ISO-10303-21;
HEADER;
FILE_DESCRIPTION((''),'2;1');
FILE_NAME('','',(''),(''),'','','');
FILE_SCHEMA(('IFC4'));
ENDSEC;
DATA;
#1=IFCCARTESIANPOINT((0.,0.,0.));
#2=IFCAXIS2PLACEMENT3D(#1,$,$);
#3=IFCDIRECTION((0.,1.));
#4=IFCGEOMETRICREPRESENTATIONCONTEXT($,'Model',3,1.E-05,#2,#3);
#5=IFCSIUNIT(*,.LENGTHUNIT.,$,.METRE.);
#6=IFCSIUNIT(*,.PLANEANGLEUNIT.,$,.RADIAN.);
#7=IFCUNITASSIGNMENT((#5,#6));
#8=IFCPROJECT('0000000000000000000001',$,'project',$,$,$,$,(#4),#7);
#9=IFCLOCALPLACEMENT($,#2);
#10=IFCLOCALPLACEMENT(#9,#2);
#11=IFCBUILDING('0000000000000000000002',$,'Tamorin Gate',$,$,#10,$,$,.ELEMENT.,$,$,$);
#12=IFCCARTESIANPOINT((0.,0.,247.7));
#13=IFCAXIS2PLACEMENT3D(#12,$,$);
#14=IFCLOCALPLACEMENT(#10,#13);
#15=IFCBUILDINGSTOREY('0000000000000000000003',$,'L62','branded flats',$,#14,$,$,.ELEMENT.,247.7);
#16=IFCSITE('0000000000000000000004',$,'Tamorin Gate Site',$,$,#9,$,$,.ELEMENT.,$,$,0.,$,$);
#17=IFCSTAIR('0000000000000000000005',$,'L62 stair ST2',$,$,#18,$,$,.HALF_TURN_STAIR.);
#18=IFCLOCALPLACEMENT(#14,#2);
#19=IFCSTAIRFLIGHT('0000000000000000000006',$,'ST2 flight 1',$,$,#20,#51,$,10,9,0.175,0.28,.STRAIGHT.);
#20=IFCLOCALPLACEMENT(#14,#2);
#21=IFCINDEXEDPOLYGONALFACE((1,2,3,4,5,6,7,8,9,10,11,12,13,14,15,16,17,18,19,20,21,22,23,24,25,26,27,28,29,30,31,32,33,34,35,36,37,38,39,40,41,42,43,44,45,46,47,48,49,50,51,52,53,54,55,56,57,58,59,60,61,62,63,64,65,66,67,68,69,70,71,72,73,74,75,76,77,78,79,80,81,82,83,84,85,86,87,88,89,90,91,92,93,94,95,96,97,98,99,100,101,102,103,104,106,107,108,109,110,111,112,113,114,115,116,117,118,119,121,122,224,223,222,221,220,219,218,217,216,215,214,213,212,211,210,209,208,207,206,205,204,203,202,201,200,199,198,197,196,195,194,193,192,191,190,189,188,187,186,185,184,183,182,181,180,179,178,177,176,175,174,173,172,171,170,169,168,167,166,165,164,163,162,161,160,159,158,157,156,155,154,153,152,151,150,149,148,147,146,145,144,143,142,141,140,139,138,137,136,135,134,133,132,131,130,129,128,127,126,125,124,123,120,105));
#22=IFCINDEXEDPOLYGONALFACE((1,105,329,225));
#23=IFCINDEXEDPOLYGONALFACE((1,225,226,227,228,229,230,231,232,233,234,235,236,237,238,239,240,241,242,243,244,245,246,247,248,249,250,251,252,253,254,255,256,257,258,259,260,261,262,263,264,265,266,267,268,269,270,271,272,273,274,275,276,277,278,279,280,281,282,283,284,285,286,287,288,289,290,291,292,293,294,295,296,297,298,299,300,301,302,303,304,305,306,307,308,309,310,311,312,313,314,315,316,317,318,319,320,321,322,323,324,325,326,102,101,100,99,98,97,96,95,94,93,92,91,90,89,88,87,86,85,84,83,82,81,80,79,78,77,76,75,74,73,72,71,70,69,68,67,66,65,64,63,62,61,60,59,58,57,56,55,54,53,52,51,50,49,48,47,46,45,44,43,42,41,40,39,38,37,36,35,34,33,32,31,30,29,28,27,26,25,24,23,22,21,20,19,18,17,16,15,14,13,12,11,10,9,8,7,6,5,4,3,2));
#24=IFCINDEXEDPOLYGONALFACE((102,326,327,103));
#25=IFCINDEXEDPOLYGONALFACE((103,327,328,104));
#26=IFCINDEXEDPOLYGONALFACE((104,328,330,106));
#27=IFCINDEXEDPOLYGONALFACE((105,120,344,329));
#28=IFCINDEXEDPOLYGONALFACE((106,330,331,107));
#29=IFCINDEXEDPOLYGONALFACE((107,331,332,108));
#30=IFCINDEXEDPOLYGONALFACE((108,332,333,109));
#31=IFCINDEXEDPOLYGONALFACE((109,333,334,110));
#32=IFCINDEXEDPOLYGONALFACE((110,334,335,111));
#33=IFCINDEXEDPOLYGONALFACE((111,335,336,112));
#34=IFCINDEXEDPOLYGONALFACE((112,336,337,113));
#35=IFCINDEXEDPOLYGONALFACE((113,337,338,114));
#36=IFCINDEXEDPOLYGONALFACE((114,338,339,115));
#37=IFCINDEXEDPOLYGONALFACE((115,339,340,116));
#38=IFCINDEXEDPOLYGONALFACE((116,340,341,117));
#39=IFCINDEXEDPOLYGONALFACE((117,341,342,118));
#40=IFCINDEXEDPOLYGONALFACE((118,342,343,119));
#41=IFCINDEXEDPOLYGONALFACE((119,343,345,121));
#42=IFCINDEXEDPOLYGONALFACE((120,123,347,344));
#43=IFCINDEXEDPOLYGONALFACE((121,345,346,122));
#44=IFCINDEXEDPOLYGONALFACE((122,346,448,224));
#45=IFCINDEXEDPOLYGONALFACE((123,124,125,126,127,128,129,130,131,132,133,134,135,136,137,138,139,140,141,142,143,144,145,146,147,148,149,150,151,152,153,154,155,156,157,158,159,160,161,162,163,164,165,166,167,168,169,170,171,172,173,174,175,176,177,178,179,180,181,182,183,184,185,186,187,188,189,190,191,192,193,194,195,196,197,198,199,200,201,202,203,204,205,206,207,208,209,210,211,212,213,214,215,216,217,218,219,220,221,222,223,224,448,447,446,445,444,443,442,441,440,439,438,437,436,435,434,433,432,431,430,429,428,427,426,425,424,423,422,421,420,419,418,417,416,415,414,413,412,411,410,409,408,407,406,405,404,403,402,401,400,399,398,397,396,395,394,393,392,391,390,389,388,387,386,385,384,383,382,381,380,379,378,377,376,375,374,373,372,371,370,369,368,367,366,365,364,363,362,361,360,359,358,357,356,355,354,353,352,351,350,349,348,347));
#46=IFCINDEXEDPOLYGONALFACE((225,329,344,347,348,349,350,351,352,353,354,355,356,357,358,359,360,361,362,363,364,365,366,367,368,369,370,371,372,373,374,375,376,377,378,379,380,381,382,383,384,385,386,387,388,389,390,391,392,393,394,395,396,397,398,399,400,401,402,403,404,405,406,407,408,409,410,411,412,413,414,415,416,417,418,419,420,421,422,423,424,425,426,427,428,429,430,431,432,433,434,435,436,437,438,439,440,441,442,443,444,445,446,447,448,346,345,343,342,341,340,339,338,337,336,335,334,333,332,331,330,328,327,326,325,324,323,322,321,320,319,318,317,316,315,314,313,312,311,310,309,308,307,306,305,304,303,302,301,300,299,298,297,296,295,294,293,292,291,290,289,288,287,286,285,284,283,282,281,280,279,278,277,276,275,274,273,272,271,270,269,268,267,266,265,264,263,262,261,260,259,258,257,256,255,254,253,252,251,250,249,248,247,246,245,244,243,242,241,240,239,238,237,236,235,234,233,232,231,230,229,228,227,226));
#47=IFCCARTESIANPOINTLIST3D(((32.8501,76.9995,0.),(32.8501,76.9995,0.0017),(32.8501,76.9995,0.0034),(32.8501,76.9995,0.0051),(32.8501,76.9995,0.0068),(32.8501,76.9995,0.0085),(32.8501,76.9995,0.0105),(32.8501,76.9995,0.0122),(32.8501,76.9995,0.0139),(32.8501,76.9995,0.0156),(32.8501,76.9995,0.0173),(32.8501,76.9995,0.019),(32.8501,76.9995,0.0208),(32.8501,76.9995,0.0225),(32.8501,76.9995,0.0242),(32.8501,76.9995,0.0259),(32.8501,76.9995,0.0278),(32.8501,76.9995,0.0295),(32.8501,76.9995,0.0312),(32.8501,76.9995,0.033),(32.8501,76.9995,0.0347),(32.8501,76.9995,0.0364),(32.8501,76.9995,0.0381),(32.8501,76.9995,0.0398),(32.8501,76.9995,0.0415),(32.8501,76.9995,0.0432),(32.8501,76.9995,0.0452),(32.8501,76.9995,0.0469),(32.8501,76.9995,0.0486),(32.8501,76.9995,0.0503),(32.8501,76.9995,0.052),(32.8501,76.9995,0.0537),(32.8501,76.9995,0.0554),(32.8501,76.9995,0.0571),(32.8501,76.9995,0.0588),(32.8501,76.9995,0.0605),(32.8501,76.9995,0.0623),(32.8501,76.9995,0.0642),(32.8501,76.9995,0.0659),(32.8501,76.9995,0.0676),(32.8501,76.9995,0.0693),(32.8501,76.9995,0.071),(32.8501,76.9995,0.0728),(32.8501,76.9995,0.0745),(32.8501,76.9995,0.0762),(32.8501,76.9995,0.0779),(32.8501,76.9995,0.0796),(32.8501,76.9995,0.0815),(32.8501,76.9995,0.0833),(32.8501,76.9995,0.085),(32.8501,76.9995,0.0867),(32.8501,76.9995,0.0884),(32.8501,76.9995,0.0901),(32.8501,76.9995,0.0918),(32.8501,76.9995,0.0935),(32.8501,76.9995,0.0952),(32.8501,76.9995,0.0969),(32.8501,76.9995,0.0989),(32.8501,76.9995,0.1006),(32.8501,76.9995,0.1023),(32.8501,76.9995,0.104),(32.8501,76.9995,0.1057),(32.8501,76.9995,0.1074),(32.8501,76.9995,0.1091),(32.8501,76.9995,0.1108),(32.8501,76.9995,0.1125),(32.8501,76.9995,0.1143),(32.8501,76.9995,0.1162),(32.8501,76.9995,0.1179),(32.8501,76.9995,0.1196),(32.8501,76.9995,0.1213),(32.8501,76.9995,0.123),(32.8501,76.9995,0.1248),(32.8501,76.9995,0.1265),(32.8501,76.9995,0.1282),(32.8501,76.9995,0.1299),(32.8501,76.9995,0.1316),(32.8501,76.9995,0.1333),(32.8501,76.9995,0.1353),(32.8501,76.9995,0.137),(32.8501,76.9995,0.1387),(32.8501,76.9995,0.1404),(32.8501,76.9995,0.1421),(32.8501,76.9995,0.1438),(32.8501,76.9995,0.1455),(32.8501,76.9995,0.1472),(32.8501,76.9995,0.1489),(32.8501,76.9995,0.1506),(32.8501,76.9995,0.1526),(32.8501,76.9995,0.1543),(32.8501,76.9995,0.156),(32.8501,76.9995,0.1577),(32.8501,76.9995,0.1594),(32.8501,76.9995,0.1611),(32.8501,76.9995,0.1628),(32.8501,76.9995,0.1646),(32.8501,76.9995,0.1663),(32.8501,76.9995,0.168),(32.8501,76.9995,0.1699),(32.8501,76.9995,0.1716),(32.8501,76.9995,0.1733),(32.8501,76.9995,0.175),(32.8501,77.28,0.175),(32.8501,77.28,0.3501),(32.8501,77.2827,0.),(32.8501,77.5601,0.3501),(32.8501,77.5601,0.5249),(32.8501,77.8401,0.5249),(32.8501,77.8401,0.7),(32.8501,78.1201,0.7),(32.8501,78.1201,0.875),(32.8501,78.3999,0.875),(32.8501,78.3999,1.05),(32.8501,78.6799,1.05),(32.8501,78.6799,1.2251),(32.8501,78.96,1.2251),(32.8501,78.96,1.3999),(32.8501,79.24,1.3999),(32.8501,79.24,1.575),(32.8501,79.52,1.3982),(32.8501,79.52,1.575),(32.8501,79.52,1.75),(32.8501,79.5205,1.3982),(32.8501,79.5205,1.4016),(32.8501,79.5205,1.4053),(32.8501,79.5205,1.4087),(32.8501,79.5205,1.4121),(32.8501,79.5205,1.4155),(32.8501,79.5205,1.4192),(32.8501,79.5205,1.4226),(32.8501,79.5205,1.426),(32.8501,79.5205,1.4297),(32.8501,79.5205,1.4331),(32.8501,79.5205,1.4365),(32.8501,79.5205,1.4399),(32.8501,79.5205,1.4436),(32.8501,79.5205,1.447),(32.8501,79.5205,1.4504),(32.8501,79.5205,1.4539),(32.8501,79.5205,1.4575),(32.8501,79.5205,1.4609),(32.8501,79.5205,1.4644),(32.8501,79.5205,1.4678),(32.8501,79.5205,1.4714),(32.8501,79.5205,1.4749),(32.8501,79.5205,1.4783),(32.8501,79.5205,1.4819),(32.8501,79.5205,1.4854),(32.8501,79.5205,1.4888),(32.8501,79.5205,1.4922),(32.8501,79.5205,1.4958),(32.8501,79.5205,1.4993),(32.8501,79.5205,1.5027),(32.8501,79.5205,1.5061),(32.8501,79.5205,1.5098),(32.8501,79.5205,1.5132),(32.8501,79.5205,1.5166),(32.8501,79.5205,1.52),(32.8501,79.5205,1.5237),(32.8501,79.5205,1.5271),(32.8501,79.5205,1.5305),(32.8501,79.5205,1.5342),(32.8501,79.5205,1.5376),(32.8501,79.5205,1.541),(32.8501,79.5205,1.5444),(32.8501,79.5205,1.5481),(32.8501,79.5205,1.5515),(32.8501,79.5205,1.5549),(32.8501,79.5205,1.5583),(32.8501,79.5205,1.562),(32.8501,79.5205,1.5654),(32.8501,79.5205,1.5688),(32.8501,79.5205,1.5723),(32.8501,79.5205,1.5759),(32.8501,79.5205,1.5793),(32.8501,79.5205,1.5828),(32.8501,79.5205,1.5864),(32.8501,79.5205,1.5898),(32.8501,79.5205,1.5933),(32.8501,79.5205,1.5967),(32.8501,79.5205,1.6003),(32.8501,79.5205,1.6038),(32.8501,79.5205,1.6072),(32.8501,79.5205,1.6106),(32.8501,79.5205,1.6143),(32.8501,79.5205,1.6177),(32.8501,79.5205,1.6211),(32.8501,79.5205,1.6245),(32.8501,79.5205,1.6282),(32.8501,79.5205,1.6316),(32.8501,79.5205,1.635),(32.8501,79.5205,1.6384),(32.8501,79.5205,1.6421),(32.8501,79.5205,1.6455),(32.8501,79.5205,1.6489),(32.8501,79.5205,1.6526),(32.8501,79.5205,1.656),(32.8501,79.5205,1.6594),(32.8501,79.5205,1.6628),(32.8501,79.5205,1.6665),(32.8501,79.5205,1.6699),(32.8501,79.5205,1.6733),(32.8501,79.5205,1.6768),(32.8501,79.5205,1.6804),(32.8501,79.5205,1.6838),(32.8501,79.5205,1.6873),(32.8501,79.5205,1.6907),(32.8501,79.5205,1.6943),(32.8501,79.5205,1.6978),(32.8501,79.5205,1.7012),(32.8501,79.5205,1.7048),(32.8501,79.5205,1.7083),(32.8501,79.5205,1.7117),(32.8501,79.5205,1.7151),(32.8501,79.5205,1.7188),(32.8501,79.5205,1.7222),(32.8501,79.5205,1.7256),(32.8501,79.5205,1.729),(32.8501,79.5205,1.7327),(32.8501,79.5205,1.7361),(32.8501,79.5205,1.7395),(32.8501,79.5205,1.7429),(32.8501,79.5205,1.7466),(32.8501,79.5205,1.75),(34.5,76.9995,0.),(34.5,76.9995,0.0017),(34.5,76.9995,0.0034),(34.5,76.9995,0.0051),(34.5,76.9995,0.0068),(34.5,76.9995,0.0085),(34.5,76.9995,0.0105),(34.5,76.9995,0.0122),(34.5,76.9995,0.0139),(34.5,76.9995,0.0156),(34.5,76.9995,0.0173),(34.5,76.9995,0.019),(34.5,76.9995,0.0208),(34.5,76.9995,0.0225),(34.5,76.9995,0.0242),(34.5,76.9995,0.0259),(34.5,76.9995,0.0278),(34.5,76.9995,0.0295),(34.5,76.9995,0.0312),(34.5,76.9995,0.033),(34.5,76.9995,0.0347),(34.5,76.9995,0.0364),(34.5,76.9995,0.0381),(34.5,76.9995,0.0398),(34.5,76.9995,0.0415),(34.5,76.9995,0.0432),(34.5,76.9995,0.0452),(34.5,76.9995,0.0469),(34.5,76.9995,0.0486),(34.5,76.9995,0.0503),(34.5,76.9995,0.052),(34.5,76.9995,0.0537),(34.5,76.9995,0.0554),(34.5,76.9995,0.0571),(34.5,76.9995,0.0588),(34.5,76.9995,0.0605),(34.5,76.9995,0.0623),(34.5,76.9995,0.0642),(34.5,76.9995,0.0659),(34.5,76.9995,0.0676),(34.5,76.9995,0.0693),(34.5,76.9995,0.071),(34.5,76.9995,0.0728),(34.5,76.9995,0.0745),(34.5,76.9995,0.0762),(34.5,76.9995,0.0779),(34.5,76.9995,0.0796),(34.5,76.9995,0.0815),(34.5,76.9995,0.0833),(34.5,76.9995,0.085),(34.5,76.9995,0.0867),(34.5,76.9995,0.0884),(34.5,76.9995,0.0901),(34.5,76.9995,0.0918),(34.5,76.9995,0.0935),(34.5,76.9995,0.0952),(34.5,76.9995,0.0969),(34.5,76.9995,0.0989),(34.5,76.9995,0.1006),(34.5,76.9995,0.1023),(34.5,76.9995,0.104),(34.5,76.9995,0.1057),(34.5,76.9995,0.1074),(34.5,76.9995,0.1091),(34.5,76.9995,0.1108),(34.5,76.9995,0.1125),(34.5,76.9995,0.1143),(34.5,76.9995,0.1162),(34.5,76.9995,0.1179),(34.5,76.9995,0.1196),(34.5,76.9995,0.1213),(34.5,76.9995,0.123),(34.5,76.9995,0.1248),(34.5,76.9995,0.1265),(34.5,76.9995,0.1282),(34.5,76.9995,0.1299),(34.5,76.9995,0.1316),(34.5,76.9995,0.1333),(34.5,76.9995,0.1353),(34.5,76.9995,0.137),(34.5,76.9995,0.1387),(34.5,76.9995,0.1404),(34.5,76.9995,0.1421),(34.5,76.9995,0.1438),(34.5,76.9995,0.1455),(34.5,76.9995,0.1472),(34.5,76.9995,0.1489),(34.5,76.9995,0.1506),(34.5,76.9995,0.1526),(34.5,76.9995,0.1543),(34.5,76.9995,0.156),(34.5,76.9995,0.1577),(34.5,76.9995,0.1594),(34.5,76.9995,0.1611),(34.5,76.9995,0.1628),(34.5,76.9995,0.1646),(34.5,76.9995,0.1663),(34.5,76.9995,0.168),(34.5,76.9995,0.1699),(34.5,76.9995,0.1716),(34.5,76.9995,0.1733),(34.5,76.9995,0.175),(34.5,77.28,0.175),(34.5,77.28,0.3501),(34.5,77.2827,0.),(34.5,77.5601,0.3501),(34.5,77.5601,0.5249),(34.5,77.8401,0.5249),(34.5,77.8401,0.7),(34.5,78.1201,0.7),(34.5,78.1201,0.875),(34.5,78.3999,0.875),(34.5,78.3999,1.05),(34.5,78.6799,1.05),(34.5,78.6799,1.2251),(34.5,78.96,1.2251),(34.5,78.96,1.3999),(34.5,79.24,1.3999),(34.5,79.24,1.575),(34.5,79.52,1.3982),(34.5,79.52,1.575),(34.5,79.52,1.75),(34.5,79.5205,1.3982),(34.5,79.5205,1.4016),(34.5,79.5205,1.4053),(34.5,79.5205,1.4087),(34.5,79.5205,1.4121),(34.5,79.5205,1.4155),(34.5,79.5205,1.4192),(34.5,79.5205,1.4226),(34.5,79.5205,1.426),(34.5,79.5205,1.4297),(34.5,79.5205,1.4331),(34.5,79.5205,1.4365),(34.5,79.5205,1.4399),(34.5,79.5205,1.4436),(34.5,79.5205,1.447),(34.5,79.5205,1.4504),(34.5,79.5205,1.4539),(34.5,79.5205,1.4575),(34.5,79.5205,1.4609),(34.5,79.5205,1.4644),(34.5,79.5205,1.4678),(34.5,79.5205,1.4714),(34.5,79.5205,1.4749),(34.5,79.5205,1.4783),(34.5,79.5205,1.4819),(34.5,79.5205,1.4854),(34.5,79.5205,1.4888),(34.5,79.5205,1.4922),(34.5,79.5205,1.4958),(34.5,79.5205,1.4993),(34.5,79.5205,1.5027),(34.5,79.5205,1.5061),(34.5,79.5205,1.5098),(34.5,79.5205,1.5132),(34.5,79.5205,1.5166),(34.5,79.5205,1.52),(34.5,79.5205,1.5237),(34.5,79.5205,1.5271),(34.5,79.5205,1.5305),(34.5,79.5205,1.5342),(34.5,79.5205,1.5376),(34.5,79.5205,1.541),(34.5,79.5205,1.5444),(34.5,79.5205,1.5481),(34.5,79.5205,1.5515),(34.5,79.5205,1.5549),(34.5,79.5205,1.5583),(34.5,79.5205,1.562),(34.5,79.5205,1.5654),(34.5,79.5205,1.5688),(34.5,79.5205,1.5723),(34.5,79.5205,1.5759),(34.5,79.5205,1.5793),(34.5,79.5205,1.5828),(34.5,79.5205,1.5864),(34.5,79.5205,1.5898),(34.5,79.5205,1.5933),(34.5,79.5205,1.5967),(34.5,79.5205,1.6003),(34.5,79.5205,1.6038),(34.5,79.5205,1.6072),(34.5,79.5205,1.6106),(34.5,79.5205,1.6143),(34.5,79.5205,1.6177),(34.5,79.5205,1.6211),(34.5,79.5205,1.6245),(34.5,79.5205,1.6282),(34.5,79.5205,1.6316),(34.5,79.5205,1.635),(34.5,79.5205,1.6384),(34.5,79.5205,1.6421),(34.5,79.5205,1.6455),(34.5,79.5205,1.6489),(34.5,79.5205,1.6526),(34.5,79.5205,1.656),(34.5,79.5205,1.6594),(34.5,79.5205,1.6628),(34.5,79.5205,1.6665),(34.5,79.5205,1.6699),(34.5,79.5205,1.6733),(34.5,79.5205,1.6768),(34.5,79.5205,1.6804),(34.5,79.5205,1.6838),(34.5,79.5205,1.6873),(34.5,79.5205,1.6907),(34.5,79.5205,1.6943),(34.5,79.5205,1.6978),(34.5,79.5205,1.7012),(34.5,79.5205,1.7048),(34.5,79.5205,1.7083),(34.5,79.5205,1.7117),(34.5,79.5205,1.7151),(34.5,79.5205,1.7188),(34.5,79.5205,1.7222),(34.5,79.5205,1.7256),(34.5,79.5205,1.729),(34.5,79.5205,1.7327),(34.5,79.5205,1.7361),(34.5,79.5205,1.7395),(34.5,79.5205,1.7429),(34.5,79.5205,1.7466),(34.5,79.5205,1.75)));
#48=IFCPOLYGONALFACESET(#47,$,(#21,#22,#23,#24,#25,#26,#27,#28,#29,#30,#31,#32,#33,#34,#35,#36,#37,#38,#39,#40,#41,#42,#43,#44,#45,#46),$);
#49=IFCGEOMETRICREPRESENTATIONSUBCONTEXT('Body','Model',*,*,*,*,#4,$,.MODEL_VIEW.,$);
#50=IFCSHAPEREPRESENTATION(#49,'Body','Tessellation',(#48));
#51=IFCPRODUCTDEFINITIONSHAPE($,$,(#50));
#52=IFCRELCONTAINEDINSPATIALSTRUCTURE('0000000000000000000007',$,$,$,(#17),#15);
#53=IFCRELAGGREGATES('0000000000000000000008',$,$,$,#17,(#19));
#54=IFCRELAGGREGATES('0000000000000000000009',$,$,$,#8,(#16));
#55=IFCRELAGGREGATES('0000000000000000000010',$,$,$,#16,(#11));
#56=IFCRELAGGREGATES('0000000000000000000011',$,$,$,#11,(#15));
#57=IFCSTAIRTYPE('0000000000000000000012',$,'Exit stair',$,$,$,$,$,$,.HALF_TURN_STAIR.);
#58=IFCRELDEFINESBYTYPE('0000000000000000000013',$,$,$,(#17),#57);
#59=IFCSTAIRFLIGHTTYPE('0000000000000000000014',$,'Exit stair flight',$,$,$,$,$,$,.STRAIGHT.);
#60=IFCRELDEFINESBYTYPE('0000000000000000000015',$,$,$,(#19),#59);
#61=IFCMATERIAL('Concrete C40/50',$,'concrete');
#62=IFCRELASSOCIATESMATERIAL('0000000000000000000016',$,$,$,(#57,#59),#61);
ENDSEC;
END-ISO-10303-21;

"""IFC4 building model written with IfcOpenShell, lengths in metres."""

from ifc_helpers import new_model, si_unit, direction, frame, origin, place, context, subcontext, project, spatial, polyline, outline, extrude, material, type_object, element, aggregate, save


model = new_model("IFC4")

# Units and contexts
model_context = context("Model", 3, precision=1e-05, world=origin(), true_north=direction((0.0, 1.0)))
body_context = subcontext(model_context, "Body", "Model", "MODEL_VIEW")
ifc_project = project(units=[si_unit("LENGTHUNIT", "METRE"), si_unit("PLANEANGLEUNIT", "RADIAN")], contexts=[model_context])

# Site, building, storey
site_placement = place(None, origin())
site = spatial("IfcSite", under=ifc_project, at=site_placement, Name="Tamorin Gate Site", CompositionType="ELEMENT", RefElevation=0.0)
building_placement = place(site_placement, origin())
building = spatial("IfcBuilding", under=site, at=building_placement, Name="Tamorin Gate", CompositionType="ELEMENT")
storey_placement = place(building_placement, frame((0.0, 0.0, 247.7)))
storey = spatial("IfcBuildingStorey", under=building, at=storey_placement, Name="L62", Description="branded flats", CompositionType="ELEMENT", Elevation=247.7)

# Shared definitions
ifc_material_1 = material(Name="Concrete C40/50", Category="concrete")

# Shared definitions
stair_type = type_object("IfcStairType", Name="Exit stair", PredefinedType="HALF_TURN_STAIR", material=ifc_material_1)
stair_flight_type = type_object("IfcStairFlightType", Name="Exit stair flight", PredefinedType="STRAIGHT", material=ifc_material_1)

# Stair, stair flight
stair_1_placement = place(storey_placement, origin())
stair_1 = element("IfcStair", 1, at=stair_1_placement, inside=storey, type_object=stair_type, Name="L62 stair ST2", PredefinedType="HALF_TURN_STAIR")
stair_flight_1_placement = place(storey_placement, frame((33.675, 77.0, 0.0), z_axis=(0.0, 0.0, 1.0), x_axis=(0.0, 1.0, 0.0)))
stair_flight_1 = element("IfcStairFlight", 2, at=stair_flight_1_placement, type_object=stair_flight_type, Name="ST2 flight 1", NumberOfRisers=10, NumberOfTreads=9, PredefinedType="STRAIGHT", RiserHeight=0.175, TreadLength=0.28, context=body_context, shape_type="SweptSolid", body=[
    extrude(outline(polyline([(-0.0005, 0.0), (-0.0005, 0.0017), (-0.0005, 0.0034), (-0.0005, 0.0051), (-0.0005, 0.0068), (-0.0005, 0.0085), (-0.0005, 0.0105), (-0.0005, 0.0122), (-0.0005, 0.0139), (-0.0005, 0.0156), (-0.0005, 0.0173), (-0.0005, 0.019), (-0.0005, 0.0208), (-0.0005, 0.0225), (-0.0005, 0.0242), (-0.0005, 0.0259), (-0.0005, 0.0278), (-0.0005, 0.0295), (-0.0005, 0.0312), (-0.0005, 0.033), (-0.0005, 0.0347), (-0.0005, 0.0364), (-0.0005, 0.0381), (-0.0005, 0.0398), (-0.0005, 0.0415), (-0.0005, 0.0432), (-0.0005, 0.0452), (-0.0005, 0.0469), (-0.0005, 0.0486), (-0.0005, 0.0503), (-0.0005, 0.052), (-0.0005, 0.0537), (-0.0005, 0.0554), (-0.0005, 0.0571), (-0.0005, 0.0588), (-0.0005, 0.0605), (-0.0005, 0.0623), (-0.0005, 0.0642), (-0.0005, 0.0659), (-0.0005, 0.0676), (-0.0005, 0.0693), (-0.0005, 0.071), (-0.0005, 0.0728), (-0.0005, 0.0745), (-0.0005, 0.0762), (-0.0005, 0.0779), (-0.0005, 0.0796), (-0.0005, 0.0815), (-0.0005, 0.0833), (-0.0005, 0.085), (-0.0005, 0.0867), (-0.0005, 0.0884), (-0.0005, 0.0901), (-0.0005, 0.0918), (-0.0005, 0.0935), (-0.0005, 0.0952), (-0.0005, 0.0969), (-0.0005, 0.0989), (-0.0005, 0.1006), (-0.0005, 0.1023), (-0.0005, 0.104), (-0.0005, 0.1057), (-0.0005, 0.1074), (-0.0005, 0.1091), (-0.0005, 0.1108), (-0.0005, 0.1125), (-0.0005, 0.1143), (-0.0005, 0.1162), (-0.0005, 0.1179), (-0.0005, 0.1196), (-0.0005, 0.1213), (-0.0005, 0.123), (-0.0005, 0.1248), (-0.0005, 0.1265), (-0.0005, 0.1282), (-0.0005, 0.1299), (-0.0005, 0.1316), (-0.0005, 0.1333), (-0.0005, 0.1353), (-0.0005, 0.137), (-0.0005, 0.1387), (-0.0005, 0.1404), (-0.0005, 0.1421), (-0.0005, 0.1438), (-0.0005, 0.1455), (-0.0005, 0.1472), (-0.0005, 0.1489), (-0.0005, 0.1506), (-0.0005, 0.1526), (-0.0005, 0.1543), (-0.0005, 0.156), (-0.0005, 0.1577), (-0.0005, 0.1594), (-0.0005, 0.1611), (-0.0005, 0.1628), (-0.0005, 0.1646), (-0.0005, 0.1663), (-0.0005, 0.168), (-0.0005, 0.1699), (-0.0005, 0.1716), (-0.0005, 0.1733), (-0.0005, 0.175), (0.28, 0.175), (0.28, 0.3501), (0.5601, 0.3501), (0.5601, 0.5249), (0.8401, 0.5249), (0.8401, 0.7), (1.1201, 0.7), (1.1201, 0.875), (1.3999, 0.875), (1.3999, 1.05), (1.6799, 1.05), (1.6799, 1.2251), (1.96, 1.2251), (1.96, 1.3999), (2.24, 1.3999), (2.24, 1.575), (2.52, 1.575), (2.52, 1.75), (2.5205, 1.75), (2.5205, 1.7466), (2.5205, 1.7429), (2.5205, 1.7395), (2.5205, 1.7361), (2.5205, 1.7327), (2.5205, 1.729), (2.5205, 1.7256), (2.5205, 1.7222), (2.5205, 1.7188), (2.5205, 1.7151), (2.5205, 1.7117), (2.5205, 1.7083), (2.5205, 1.7048), (2.5205, 1.7012), (2.5205, 1.6978), (2.5205, 1.6943), (2.5205, 1.6907), (2.5205, 1.6873), (2.5205, 1.6838), (2.5205, 1.6804), (2.5205, 1.6768), (2.5205, 1.6733), (2.5205, 1.6699), (2.5205, 1.6665), (2.5205, 1.6628), (2.5205, 1.6594), (2.5205, 1.656), (2.5205, 1.6526), (2.5205, 1.6489), (2.5205, 1.6455), (2.5205, 1.6421), (2.5205, 1.6384), (2.5205, 1.635), (2.5205, 1.6316), (2.5205, 1.6282), (2.5205, 1.6245), (2.5205, 1.6211), (2.5205, 1.6177), (2.5205, 1.6143), (2.5205, 1.6106), (2.5205, 1.6072), (2.5205, 1.6038), (2.5205, 1.6003), (2.5205, 1.5967), (2.5205, 1.5933), (2.5205, 1.5898), (2.5205, 1.5864), (2.5205, 1.5828), (2.5205, 1.5793), (2.5205, 1.5759), (2.5205, 1.5723), (2.5205, 1.5688), (2.5205, 1.5654), (2.5205, 1.562), (2.5205, 1.5583), (2.5205, 1.5549), (2.5205, 1.5515), (2.5205, 1.5481), (2.5205, 1.5444), (2.5205, 1.541), (2.5205, 1.5376), (2.5205, 1.5342), (2.5205, 1.5305), (2.5205, 1.5271), (2.5205, 1.5237), (2.5205, 1.52), (2.5205, 1.5166), (2.5205, 1.5132), (2.5205, 1.5098), (2.5205, 1.5061), (2.5205, 1.5027), (2.5205, 1.4993), (2.5205, 1.4958), (2.5205, 1.4922), (2.5205, 1.4888), (2.5205, 1.4854), (2.5205, 1.4819), (2.5205, 1.4783), (2.5205, 1.4749), (2.5205, 1.4714), (2.5205, 1.4678), (2.5205, 1.4644), (2.5205, 1.4609), (2.5205, 1.4575), (2.5205, 1.4539), (2.5205, 1.4504), (2.5205, 1.447), (2.5205, 1.4436), (2.5205, 1.4399), (2.5205, 1.4365), (2.5205, 1.4331), (2.5205, 1.4297), (2.5205, 1.426), (2.5205, 1.4226), (2.5205, 1.4192), (2.5205, 1.4155), (2.5205, 1.4121), (2.5205, 1.4087), (2.5205, 1.4053), (2.5205, 1.4016), (2.5205, 1.3982), (2.52, 1.3982), (0.2827, 0.0), (-0.0005, 0.0)])), frame((0.0, 0.825, 0.0), z_axis=(0.0, -1.0, 0.0), x_axis=(1.0, 0.0, 0.0)), (0.0, 0.0, 1.0), 1.6499),
])
aggregate(stair_1, [stair_flight_1])

save(model, "model.ifc")
